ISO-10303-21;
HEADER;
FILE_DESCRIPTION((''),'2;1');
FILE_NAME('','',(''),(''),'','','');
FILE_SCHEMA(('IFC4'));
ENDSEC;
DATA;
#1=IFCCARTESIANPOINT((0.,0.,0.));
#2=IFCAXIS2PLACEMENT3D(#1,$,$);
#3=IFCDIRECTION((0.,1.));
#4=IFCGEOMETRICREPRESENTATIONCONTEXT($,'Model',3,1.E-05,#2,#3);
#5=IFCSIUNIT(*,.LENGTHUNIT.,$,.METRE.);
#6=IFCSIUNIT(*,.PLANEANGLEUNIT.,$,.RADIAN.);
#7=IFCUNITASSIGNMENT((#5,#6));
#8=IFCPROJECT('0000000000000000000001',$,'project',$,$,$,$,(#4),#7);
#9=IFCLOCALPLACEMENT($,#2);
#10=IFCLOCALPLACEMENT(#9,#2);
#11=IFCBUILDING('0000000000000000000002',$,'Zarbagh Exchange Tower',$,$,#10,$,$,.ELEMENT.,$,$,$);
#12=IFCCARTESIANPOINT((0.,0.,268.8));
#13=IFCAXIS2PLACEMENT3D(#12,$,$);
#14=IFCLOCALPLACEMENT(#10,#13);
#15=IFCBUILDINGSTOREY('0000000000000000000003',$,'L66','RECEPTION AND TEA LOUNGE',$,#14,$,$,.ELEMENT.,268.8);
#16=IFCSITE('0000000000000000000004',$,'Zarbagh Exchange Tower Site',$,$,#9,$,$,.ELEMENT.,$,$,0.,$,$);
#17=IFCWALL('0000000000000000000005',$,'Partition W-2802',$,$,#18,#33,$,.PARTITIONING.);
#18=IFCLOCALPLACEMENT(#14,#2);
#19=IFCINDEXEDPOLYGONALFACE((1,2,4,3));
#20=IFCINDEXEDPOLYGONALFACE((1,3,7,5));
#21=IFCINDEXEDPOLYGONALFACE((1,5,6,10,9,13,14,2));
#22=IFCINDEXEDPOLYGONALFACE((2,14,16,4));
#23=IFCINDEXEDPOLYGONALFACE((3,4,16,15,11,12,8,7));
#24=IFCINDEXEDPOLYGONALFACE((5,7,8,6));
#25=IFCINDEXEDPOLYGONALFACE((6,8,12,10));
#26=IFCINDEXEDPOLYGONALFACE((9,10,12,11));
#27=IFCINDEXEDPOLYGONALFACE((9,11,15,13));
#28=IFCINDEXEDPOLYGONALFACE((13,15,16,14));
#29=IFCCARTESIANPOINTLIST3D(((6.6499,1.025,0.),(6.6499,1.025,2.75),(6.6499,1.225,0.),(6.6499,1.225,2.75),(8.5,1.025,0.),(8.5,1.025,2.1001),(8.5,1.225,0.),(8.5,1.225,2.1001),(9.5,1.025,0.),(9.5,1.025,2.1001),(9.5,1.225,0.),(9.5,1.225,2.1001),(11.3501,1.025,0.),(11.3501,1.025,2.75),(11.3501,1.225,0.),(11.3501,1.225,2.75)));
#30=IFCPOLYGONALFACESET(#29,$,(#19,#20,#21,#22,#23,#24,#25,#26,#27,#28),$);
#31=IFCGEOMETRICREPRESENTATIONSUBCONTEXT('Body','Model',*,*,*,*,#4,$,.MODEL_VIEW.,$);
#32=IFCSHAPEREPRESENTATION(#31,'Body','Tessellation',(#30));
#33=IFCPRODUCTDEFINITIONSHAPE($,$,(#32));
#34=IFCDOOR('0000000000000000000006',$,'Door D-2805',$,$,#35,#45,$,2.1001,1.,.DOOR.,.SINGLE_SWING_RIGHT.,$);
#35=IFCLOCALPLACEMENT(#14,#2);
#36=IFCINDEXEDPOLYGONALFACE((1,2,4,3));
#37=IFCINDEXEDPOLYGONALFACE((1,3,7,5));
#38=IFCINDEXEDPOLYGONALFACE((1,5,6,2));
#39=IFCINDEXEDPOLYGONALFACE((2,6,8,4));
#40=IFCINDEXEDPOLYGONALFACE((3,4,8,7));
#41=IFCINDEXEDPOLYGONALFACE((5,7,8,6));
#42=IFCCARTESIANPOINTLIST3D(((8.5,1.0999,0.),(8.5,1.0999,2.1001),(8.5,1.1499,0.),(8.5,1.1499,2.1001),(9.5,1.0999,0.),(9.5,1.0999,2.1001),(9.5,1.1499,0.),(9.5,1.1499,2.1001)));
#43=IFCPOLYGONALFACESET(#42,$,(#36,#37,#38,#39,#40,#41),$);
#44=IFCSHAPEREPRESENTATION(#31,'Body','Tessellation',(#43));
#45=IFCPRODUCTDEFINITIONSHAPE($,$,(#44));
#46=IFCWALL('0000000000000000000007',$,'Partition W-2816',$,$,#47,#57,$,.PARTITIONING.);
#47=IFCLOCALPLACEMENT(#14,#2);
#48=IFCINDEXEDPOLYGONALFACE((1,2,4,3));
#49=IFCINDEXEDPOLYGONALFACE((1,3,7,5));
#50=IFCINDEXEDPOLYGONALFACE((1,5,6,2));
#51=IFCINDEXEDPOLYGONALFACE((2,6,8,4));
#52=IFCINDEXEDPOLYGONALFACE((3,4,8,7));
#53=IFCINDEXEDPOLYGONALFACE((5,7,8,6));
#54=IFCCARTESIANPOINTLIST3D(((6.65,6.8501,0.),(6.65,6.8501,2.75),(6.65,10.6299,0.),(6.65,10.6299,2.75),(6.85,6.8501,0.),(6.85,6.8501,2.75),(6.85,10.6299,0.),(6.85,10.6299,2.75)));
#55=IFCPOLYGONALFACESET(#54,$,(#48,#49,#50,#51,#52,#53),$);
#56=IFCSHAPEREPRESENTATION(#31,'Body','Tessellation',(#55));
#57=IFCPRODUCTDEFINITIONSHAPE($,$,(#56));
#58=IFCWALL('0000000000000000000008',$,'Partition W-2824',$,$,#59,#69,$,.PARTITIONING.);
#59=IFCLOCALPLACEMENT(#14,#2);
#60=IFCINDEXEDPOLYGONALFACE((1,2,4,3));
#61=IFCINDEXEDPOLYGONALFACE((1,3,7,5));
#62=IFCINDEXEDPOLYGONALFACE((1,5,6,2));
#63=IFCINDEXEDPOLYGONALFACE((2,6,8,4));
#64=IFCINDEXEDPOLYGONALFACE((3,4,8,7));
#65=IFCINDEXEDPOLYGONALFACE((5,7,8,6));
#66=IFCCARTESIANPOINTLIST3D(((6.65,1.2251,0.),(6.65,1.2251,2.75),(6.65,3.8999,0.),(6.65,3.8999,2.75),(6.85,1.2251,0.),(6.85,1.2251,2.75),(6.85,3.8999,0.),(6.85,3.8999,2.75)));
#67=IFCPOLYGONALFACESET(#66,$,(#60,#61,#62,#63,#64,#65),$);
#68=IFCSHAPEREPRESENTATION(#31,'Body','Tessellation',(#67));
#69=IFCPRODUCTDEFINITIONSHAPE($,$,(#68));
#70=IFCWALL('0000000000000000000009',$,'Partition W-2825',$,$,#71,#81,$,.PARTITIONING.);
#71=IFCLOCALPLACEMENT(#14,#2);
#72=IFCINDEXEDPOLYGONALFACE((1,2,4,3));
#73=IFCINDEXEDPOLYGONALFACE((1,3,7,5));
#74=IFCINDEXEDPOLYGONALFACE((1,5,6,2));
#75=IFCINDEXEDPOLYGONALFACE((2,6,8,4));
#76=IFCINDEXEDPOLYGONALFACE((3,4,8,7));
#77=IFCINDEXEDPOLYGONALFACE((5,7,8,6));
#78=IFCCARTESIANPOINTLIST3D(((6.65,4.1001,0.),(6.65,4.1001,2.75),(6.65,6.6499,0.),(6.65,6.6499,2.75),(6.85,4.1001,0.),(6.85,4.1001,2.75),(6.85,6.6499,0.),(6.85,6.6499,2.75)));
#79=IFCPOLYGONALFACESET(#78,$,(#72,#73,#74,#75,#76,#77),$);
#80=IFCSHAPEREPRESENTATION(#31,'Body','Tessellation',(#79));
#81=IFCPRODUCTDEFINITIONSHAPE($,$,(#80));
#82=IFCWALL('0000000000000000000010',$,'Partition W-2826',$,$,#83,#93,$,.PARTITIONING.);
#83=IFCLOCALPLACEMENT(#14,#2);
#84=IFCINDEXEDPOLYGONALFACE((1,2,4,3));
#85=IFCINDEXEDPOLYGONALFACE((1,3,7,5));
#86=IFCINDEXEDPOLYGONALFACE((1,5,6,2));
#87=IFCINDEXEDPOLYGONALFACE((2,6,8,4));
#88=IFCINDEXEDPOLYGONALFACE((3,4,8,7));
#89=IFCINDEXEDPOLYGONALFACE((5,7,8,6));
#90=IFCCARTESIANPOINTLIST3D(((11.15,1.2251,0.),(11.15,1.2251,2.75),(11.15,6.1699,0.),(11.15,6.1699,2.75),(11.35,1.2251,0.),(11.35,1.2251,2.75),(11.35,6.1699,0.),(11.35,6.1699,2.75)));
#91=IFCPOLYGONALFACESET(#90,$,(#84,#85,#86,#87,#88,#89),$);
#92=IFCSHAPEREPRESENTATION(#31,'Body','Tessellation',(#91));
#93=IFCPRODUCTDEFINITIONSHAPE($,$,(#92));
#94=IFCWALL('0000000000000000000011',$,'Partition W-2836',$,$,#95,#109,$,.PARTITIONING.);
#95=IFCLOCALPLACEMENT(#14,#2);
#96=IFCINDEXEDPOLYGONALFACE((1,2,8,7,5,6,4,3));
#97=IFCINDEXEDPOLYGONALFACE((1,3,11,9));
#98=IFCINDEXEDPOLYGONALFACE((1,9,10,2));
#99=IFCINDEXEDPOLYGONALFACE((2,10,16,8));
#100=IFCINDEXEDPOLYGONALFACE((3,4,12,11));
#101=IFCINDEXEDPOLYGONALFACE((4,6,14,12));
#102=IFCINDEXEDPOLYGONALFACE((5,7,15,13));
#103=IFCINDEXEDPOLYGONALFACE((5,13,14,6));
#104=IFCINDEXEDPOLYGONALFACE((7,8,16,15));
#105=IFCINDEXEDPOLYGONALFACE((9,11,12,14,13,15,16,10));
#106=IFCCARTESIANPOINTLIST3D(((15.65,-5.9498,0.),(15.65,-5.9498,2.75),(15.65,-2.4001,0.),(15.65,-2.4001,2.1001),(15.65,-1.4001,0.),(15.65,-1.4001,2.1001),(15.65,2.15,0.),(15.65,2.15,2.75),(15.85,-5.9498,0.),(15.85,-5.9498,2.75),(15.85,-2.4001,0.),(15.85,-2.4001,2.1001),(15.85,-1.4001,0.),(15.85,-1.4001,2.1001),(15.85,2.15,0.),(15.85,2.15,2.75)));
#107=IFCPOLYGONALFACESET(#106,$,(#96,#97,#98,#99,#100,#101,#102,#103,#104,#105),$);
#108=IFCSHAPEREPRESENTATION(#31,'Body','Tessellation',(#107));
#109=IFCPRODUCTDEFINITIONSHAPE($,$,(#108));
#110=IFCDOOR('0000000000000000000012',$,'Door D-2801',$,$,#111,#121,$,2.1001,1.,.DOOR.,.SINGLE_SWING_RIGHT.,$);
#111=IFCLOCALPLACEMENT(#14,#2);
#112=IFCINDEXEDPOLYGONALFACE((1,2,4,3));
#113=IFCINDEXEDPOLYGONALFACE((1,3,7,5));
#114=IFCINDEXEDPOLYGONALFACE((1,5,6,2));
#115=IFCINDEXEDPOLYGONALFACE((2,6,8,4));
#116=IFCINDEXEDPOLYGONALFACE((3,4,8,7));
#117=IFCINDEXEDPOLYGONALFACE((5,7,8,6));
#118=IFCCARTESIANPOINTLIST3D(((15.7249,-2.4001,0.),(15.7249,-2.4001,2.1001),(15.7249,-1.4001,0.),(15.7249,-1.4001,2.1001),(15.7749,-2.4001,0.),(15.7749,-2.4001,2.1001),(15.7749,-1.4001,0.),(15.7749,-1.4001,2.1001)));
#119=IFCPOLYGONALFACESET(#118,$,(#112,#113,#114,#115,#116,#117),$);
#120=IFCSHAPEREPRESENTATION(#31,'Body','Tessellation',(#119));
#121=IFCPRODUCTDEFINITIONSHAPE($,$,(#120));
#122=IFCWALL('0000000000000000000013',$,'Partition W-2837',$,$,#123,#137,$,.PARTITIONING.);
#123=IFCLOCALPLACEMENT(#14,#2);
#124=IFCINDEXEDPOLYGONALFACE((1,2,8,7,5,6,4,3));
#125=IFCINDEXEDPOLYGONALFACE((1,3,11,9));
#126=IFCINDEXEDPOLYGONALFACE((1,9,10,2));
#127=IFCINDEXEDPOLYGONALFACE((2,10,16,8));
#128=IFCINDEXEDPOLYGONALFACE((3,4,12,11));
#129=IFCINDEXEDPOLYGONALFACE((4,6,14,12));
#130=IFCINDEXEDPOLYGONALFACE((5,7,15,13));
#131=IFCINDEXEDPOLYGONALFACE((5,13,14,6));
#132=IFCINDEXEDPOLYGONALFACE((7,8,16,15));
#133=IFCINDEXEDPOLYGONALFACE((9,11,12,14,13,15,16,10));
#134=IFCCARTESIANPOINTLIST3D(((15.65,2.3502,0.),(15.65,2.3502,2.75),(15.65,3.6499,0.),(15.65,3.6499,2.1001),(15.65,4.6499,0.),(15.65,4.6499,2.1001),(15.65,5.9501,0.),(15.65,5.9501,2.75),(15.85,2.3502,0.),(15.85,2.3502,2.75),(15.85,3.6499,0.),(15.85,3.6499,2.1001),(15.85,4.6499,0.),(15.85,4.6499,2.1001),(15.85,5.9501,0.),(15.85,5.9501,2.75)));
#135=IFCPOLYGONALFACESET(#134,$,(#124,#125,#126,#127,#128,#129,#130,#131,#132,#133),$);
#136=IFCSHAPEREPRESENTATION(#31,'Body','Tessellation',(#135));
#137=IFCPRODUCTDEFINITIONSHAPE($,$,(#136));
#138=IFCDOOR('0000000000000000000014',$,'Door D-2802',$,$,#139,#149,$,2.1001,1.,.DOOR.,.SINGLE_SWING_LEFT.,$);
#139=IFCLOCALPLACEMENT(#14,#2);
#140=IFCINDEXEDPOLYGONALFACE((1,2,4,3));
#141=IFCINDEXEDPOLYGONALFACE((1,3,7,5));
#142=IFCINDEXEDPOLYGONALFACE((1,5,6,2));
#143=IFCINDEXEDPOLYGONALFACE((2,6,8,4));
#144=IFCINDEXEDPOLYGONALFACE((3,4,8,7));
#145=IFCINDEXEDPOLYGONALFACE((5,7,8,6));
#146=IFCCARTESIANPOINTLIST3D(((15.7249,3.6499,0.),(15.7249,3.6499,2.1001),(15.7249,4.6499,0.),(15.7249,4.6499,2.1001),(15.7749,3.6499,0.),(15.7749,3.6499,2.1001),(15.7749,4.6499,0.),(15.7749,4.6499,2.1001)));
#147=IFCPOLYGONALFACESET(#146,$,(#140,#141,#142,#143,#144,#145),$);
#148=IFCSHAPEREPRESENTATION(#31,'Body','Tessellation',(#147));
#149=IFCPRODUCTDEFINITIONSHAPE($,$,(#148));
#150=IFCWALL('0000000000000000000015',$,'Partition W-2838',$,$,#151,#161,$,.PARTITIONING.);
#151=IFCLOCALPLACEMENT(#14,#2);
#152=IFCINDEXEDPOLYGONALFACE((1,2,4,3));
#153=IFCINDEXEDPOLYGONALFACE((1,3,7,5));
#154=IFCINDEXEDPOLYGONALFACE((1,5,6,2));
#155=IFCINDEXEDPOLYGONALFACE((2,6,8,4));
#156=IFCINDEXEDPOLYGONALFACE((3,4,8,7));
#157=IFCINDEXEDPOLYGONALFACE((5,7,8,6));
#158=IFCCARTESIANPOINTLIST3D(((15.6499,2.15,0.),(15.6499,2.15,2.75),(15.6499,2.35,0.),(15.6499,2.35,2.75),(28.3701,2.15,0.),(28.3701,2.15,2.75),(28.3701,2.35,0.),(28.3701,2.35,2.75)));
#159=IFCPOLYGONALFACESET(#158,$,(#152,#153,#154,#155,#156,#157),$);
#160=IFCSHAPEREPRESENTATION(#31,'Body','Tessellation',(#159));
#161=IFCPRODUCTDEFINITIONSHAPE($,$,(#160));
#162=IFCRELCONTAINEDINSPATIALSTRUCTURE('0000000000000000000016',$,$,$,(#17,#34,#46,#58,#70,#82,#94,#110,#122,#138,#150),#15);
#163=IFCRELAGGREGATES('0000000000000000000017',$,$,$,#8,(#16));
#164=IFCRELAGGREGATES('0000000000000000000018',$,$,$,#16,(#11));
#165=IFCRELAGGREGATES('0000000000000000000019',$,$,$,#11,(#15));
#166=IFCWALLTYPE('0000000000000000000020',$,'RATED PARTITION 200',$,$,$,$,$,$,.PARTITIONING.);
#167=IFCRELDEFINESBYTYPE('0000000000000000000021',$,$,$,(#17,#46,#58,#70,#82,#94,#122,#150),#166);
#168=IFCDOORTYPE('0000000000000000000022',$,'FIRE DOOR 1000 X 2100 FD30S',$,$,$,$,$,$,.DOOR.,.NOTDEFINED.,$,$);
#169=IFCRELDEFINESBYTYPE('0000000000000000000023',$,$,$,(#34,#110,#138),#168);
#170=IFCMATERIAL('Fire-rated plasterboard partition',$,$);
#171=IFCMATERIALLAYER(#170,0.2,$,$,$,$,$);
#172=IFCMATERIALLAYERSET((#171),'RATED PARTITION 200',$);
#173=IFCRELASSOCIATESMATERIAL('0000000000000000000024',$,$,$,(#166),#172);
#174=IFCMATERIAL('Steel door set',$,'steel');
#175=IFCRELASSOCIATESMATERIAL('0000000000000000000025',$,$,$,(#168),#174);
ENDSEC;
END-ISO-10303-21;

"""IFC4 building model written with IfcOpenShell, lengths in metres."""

from ifc_helpers import new_model, si_unit, direction, frame, frame_2d, origin, place, context, subcontext, project, spatial, rectangle, extrude, material, layer, layer_set, type_object, element, fill, save


model = new_model("IFC4")

# Units and contexts
model_context = context("Model", 3, precision=1e-05, world=origin(), true_north=direction((0.0, 1.0)))
body_context = subcontext(model_context, "Body", "Model", "MODEL_VIEW")
ifc_project = project(units=[si_unit("LENGTHUNIT", "METRE"), si_unit("PLANEANGLEUNIT", "RADIAN")], contexts=[model_context])

# Site, building, storey
site_placement = place(None, origin())
site = spatial("IfcSite", under=ifc_project, at=site_placement, Name="Zarbagh Exchange Tower Site", CompositionType="ELEMENT", RefElevation=0.0)
building_placement = place(site_placement, origin())
building = spatial("IfcBuilding", under=site, at=building_placement, Name="Zarbagh Exchange Tower", CompositionType="ELEMENT")
storey_placement = place(building_placement, frame((0.0, 0.0, 268.8)))
storey = spatial("IfcBuildingStorey", under=building, at=storey_placement, Name="L66", Description="RECEPTION AND TEA LOUNGE", CompositionType="ELEMENT", Elevation=268.8)

# Wall, opening, door
ifc_material_1 = material(Name="Fire-rated plasterboard partition")
ifc_layer = layer(ifc_material_1, 0.2)
ifc_layer_set = layer_set([ifc_layer], Name="RATED PARTITION 200")
wall_type = type_object("IfcWallType", Name="RATED PARTITION 200", PredefinedType="PARTITIONING", material=ifc_layer_set)
wall_1_placement = place(storey_placement, frame((6.6499, 1.125, 0.0), z_axis=(0.0, 0.0, 1.0), x_axis=(1.0, 0.0, 0.0)))
wall_1 = element("IfcWall", 1, at=wall_1_placement, inside=storey, type_object=wall_type, Name="Partition W-2802", PredefinedType="PARTITIONING", context=body_context, shape_type="SweptSolid", body=[
    extrude(rectangle(XDim=4.7002, YDim=0.2, at=frame_2d((2.3501, 0.0))), origin(), (0.0, 0.0, 1.0), 2.75),
])
opening_1_placement = place(wall_1_placement, frame((1.8501, 0.0, 0.0)))
opening_1 = element("IfcOpeningElement", 2, at=opening_1_placement, cuts=wall_1, PredefinedType="OPENING", context=body_context, shape_type="SweptSolid", body=[
    extrude(rectangle(XDim=1.0, YDim=2.1001, at=frame_2d((0.5, 1.05))), frame((0.0, 0.1099, 0.0), z_axis=(0.0, -1.0, 0.0), x_axis=(1.0, 0.0, 0.0)), (0.0, 0.0, 1.0), 0.22),
])
ifc_material_2 = material(Name="Steel door set", Category="steel")
door_type = type_object("IfcDoorType", Name="FIRE DOOR 1000 X 2100 FD30S", OperationType="NOTDEFINED", PredefinedType="DOOR", material=ifc_material_2)
door_1_placement = place(opening_1_placement, origin())
door_1 = element("IfcDoor", 3, at=door_1_placement, inside=storey, type_object=door_type, Name="Door D-2805", OperationType="SINGLE_SWING_RIGHT", OverallHeight=2.1001, OverallWidth=1.0, PredefinedType="DOOR", context=body_context, shape_type="SweptSolid", body=[
    extrude(rectangle(XDim=1.0, YDim=2.1001, at=frame_2d((0.5, 1.05))), frame((0.0, 0.0249, 0.0), z_axis=(0.0, -1.0, 0.0), x_axis=(1.0, 0.0, 0.0)), (0.0, 0.0, 1.0), 0.05),
])
fill(opening_1, door_1)

# Walls
wall_2_placement = place(storey_placement, frame((6.75, 6.8501, 0.0), z_axis=(0.0, 0.0, 1.0), x_axis=(0.0, 1.0, 0.0)))
element("IfcWall", 4, at=wall_2_placement, inside=storey, type_object=wall_type, Name="Partition W-2816", PredefinedType="PARTITIONING", context=body_context, shape_type="SweptSolid", body=[
    extrude(rectangle(XDim=3.7798, YDim=0.2, at=frame_2d((1.8899, 0.0))), origin(), (0.0, 0.0, 1.0), 2.75),
])
wall_3_placement = place(storey_placement, frame((6.75, 1.2251, 0.0), z_axis=(0.0, 0.0, 1.0), x_axis=(0.0, 1.0, 0.0)))
element("IfcWall", 5, at=wall_3_placement, inside=storey, type_object=wall_type, Name="Partition W-2824", PredefinedType="PARTITIONING", context=body_context, shape_type="SweptSolid", body=[
    extrude(rectangle(XDim=2.6748, YDim=0.2, at=frame_2d((1.3374, 0.0))), origin(), (0.0, 0.0, 1.0), 2.75),
])
wall_4_placement = place(storey_placement, frame((6.75, 4.1001, 0.0), z_axis=(0.0, 0.0, 1.0), x_axis=(0.0, 1.0, 0.0)))
element("IfcWall", 6, at=wall_4_placement, inside=storey, type_object=wall_type, Name="Partition W-2825", PredefinedType="PARTITIONING", context=body_context, shape_type="SweptSolid", body=[
    extrude(rectangle(XDim=2.5498, YDim=0.2, at=frame_2d((1.2749, 0.0))), origin(), (0.0, 0.0, 1.0), 2.75),
])
wall_5_placement = place(storey_placement, frame((11.25, 1.2251, 0.0), z_axis=(0.0, 0.0, 1.0), x_axis=(0.0, 1.0, 0.0)))
element("IfcWall", 7, at=wall_5_placement, inside=storey, type_object=wall_type, Name="Partition W-2826", PredefinedType="PARTITIONING", context=body_context, shape_type="SweptSolid", body=[
    extrude(rectangle(XDim=4.9448, YDim=0.2, at=frame_2d((2.4724, 0.0))), origin(), (0.0, 0.0, 1.0), 2.75),
])

# Walls, openings, doors
wall_6_placement = place(storey_placement, frame((15.75, 2.1499, 0.0), z_axis=(0.0, 0.0, 1.0), x_axis=(0.0, -1.0, 0.0)))
wall_6 = element("IfcWall", 8, at=wall_6_placement, inside=storey, type_object=wall_type, Name="Partition W-2836", PredefinedType="PARTITIONING", context=body_context, shape_type="SweptSolid", body=[
    extrude(rectangle(XDim=8.0999, YDim=0.2, at=frame_2d((4.0498, 0.0))), origin(), (0.0, 0.0, 1.0), 2.75),
])
opening_2_placement = place(wall_6_placement, frame((3.55, 0.0, 0.0)))
opening_2 = element("IfcOpeningElement", 9, at=opening_2_placement, cuts=wall_6, PredefinedType="OPENING", context=body_context, shape_type="SweptSolid", body=[
    extrude(rectangle(XDim=1.0, YDim=2.1001, at=frame_2d((0.5, 1.05))), frame((0.0, 0.1099, 0.0), z_axis=(0.0, -1.0, 0.0), x_axis=(1.0, 0.0, 0.0)), (0.0, 0.0, 1.0), 0.22),
])
door_2_placement = place(opening_2_placement, origin())
door_2 = element("IfcDoor", 10, at=door_2_placement, inside=storey, type_object=door_type, Name="Door D-2801", OperationType="SINGLE_SWING_RIGHT", OverallHeight=2.1001, OverallWidth=1.0, PredefinedType="DOOR", context=body_context, shape_type="SweptSolid", body=[
    extrude(rectangle(XDim=1.0, YDim=2.1001, at=frame_2d((0.5, 1.05))), frame((0.0, 0.0249, 0.0), z_axis=(0.0, -1.0, 0.0), x_axis=(1.0, 0.0, 0.0)), (0.0, 0.0, 1.0), 0.05),
])
fill(opening_2, door_2)
wall_7_placement = place(storey_placement, frame((15.75, 5.95, 0.0), z_axis=(0.0, 0.0, 1.0), x_axis=(0.0, -1.0, 0.0)))
wall_7 = element("IfcWall", 11, at=wall_7_placement, inside=storey, type_object=wall_type, Name="Partition W-2837", PredefinedType="PARTITIONING", context=body_context, shape_type="SweptSolid", body=[
    extrude(rectangle(XDim=3.5999, YDim=0.2, at=frame_2d((1.7998, 0.0))), origin(), (0.0, 0.0, 1.0), 2.75),
])
opening_3_placement = place(wall_7_placement, frame((1.3, 0.0, 0.0)))
opening_3 = element("IfcOpeningElement", 12, at=opening_3_placement, cuts=wall_7, PredefinedType="OPENING", context=body_context, shape_type="SweptSolid", body=[
    extrude(rectangle(XDim=1.0, YDim=2.1001, at=frame_2d((0.5, 1.05))), frame((0.0, 0.1099, 0.0), z_axis=(0.0, -1.0, 0.0), x_axis=(1.0, 0.0, 0.0)), (0.0, 0.0, 1.0), 0.22),
])
door_3_placement = place(opening_3_placement, origin())
door_3 = element("IfcDoor", 13, at=door_3_placement, inside=storey, type_object=door_type, Name="Door D-2802", OperationType="SINGLE_SWING_LEFT", OverallHeight=2.1001, OverallWidth=1.0, PredefinedType="DOOR", context=body_context, shape_type="SweptSolid", body=[
    extrude(rectangle(XDim=1.0, YDim=2.1001, at=frame_2d((0.5, 1.05))), frame((0.0, 0.0249, 0.0), z_axis=(0.0, -1.0, 0.0), x_axis=(1.0, 0.0, 0.0)), (0.0, 0.0, 1.0), 0.05),
])
fill(opening_3, door_3)

# Wall
wall_8_placement = place(storey_placement, frame((15.6499, 2.25, 0.0), z_axis=(0.0, 0.0, 1.0), x_axis=(1.0, 0.0, 0.0)))
element("IfcWall", 14, at=wall_8_placement, inside=storey, type_object=wall_type, Name="Partition W-2838", PredefinedType="PARTITIONING", context=body_context, shape_type="SweptSolid", body=[
    extrude(rectangle(XDim=12.7202, YDim=0.2, at=frame_2d((6.3601, 0.0))), origin(), (0.0, 0.0, 1.0), 2.75),
])

save(model, "model.ifc")
